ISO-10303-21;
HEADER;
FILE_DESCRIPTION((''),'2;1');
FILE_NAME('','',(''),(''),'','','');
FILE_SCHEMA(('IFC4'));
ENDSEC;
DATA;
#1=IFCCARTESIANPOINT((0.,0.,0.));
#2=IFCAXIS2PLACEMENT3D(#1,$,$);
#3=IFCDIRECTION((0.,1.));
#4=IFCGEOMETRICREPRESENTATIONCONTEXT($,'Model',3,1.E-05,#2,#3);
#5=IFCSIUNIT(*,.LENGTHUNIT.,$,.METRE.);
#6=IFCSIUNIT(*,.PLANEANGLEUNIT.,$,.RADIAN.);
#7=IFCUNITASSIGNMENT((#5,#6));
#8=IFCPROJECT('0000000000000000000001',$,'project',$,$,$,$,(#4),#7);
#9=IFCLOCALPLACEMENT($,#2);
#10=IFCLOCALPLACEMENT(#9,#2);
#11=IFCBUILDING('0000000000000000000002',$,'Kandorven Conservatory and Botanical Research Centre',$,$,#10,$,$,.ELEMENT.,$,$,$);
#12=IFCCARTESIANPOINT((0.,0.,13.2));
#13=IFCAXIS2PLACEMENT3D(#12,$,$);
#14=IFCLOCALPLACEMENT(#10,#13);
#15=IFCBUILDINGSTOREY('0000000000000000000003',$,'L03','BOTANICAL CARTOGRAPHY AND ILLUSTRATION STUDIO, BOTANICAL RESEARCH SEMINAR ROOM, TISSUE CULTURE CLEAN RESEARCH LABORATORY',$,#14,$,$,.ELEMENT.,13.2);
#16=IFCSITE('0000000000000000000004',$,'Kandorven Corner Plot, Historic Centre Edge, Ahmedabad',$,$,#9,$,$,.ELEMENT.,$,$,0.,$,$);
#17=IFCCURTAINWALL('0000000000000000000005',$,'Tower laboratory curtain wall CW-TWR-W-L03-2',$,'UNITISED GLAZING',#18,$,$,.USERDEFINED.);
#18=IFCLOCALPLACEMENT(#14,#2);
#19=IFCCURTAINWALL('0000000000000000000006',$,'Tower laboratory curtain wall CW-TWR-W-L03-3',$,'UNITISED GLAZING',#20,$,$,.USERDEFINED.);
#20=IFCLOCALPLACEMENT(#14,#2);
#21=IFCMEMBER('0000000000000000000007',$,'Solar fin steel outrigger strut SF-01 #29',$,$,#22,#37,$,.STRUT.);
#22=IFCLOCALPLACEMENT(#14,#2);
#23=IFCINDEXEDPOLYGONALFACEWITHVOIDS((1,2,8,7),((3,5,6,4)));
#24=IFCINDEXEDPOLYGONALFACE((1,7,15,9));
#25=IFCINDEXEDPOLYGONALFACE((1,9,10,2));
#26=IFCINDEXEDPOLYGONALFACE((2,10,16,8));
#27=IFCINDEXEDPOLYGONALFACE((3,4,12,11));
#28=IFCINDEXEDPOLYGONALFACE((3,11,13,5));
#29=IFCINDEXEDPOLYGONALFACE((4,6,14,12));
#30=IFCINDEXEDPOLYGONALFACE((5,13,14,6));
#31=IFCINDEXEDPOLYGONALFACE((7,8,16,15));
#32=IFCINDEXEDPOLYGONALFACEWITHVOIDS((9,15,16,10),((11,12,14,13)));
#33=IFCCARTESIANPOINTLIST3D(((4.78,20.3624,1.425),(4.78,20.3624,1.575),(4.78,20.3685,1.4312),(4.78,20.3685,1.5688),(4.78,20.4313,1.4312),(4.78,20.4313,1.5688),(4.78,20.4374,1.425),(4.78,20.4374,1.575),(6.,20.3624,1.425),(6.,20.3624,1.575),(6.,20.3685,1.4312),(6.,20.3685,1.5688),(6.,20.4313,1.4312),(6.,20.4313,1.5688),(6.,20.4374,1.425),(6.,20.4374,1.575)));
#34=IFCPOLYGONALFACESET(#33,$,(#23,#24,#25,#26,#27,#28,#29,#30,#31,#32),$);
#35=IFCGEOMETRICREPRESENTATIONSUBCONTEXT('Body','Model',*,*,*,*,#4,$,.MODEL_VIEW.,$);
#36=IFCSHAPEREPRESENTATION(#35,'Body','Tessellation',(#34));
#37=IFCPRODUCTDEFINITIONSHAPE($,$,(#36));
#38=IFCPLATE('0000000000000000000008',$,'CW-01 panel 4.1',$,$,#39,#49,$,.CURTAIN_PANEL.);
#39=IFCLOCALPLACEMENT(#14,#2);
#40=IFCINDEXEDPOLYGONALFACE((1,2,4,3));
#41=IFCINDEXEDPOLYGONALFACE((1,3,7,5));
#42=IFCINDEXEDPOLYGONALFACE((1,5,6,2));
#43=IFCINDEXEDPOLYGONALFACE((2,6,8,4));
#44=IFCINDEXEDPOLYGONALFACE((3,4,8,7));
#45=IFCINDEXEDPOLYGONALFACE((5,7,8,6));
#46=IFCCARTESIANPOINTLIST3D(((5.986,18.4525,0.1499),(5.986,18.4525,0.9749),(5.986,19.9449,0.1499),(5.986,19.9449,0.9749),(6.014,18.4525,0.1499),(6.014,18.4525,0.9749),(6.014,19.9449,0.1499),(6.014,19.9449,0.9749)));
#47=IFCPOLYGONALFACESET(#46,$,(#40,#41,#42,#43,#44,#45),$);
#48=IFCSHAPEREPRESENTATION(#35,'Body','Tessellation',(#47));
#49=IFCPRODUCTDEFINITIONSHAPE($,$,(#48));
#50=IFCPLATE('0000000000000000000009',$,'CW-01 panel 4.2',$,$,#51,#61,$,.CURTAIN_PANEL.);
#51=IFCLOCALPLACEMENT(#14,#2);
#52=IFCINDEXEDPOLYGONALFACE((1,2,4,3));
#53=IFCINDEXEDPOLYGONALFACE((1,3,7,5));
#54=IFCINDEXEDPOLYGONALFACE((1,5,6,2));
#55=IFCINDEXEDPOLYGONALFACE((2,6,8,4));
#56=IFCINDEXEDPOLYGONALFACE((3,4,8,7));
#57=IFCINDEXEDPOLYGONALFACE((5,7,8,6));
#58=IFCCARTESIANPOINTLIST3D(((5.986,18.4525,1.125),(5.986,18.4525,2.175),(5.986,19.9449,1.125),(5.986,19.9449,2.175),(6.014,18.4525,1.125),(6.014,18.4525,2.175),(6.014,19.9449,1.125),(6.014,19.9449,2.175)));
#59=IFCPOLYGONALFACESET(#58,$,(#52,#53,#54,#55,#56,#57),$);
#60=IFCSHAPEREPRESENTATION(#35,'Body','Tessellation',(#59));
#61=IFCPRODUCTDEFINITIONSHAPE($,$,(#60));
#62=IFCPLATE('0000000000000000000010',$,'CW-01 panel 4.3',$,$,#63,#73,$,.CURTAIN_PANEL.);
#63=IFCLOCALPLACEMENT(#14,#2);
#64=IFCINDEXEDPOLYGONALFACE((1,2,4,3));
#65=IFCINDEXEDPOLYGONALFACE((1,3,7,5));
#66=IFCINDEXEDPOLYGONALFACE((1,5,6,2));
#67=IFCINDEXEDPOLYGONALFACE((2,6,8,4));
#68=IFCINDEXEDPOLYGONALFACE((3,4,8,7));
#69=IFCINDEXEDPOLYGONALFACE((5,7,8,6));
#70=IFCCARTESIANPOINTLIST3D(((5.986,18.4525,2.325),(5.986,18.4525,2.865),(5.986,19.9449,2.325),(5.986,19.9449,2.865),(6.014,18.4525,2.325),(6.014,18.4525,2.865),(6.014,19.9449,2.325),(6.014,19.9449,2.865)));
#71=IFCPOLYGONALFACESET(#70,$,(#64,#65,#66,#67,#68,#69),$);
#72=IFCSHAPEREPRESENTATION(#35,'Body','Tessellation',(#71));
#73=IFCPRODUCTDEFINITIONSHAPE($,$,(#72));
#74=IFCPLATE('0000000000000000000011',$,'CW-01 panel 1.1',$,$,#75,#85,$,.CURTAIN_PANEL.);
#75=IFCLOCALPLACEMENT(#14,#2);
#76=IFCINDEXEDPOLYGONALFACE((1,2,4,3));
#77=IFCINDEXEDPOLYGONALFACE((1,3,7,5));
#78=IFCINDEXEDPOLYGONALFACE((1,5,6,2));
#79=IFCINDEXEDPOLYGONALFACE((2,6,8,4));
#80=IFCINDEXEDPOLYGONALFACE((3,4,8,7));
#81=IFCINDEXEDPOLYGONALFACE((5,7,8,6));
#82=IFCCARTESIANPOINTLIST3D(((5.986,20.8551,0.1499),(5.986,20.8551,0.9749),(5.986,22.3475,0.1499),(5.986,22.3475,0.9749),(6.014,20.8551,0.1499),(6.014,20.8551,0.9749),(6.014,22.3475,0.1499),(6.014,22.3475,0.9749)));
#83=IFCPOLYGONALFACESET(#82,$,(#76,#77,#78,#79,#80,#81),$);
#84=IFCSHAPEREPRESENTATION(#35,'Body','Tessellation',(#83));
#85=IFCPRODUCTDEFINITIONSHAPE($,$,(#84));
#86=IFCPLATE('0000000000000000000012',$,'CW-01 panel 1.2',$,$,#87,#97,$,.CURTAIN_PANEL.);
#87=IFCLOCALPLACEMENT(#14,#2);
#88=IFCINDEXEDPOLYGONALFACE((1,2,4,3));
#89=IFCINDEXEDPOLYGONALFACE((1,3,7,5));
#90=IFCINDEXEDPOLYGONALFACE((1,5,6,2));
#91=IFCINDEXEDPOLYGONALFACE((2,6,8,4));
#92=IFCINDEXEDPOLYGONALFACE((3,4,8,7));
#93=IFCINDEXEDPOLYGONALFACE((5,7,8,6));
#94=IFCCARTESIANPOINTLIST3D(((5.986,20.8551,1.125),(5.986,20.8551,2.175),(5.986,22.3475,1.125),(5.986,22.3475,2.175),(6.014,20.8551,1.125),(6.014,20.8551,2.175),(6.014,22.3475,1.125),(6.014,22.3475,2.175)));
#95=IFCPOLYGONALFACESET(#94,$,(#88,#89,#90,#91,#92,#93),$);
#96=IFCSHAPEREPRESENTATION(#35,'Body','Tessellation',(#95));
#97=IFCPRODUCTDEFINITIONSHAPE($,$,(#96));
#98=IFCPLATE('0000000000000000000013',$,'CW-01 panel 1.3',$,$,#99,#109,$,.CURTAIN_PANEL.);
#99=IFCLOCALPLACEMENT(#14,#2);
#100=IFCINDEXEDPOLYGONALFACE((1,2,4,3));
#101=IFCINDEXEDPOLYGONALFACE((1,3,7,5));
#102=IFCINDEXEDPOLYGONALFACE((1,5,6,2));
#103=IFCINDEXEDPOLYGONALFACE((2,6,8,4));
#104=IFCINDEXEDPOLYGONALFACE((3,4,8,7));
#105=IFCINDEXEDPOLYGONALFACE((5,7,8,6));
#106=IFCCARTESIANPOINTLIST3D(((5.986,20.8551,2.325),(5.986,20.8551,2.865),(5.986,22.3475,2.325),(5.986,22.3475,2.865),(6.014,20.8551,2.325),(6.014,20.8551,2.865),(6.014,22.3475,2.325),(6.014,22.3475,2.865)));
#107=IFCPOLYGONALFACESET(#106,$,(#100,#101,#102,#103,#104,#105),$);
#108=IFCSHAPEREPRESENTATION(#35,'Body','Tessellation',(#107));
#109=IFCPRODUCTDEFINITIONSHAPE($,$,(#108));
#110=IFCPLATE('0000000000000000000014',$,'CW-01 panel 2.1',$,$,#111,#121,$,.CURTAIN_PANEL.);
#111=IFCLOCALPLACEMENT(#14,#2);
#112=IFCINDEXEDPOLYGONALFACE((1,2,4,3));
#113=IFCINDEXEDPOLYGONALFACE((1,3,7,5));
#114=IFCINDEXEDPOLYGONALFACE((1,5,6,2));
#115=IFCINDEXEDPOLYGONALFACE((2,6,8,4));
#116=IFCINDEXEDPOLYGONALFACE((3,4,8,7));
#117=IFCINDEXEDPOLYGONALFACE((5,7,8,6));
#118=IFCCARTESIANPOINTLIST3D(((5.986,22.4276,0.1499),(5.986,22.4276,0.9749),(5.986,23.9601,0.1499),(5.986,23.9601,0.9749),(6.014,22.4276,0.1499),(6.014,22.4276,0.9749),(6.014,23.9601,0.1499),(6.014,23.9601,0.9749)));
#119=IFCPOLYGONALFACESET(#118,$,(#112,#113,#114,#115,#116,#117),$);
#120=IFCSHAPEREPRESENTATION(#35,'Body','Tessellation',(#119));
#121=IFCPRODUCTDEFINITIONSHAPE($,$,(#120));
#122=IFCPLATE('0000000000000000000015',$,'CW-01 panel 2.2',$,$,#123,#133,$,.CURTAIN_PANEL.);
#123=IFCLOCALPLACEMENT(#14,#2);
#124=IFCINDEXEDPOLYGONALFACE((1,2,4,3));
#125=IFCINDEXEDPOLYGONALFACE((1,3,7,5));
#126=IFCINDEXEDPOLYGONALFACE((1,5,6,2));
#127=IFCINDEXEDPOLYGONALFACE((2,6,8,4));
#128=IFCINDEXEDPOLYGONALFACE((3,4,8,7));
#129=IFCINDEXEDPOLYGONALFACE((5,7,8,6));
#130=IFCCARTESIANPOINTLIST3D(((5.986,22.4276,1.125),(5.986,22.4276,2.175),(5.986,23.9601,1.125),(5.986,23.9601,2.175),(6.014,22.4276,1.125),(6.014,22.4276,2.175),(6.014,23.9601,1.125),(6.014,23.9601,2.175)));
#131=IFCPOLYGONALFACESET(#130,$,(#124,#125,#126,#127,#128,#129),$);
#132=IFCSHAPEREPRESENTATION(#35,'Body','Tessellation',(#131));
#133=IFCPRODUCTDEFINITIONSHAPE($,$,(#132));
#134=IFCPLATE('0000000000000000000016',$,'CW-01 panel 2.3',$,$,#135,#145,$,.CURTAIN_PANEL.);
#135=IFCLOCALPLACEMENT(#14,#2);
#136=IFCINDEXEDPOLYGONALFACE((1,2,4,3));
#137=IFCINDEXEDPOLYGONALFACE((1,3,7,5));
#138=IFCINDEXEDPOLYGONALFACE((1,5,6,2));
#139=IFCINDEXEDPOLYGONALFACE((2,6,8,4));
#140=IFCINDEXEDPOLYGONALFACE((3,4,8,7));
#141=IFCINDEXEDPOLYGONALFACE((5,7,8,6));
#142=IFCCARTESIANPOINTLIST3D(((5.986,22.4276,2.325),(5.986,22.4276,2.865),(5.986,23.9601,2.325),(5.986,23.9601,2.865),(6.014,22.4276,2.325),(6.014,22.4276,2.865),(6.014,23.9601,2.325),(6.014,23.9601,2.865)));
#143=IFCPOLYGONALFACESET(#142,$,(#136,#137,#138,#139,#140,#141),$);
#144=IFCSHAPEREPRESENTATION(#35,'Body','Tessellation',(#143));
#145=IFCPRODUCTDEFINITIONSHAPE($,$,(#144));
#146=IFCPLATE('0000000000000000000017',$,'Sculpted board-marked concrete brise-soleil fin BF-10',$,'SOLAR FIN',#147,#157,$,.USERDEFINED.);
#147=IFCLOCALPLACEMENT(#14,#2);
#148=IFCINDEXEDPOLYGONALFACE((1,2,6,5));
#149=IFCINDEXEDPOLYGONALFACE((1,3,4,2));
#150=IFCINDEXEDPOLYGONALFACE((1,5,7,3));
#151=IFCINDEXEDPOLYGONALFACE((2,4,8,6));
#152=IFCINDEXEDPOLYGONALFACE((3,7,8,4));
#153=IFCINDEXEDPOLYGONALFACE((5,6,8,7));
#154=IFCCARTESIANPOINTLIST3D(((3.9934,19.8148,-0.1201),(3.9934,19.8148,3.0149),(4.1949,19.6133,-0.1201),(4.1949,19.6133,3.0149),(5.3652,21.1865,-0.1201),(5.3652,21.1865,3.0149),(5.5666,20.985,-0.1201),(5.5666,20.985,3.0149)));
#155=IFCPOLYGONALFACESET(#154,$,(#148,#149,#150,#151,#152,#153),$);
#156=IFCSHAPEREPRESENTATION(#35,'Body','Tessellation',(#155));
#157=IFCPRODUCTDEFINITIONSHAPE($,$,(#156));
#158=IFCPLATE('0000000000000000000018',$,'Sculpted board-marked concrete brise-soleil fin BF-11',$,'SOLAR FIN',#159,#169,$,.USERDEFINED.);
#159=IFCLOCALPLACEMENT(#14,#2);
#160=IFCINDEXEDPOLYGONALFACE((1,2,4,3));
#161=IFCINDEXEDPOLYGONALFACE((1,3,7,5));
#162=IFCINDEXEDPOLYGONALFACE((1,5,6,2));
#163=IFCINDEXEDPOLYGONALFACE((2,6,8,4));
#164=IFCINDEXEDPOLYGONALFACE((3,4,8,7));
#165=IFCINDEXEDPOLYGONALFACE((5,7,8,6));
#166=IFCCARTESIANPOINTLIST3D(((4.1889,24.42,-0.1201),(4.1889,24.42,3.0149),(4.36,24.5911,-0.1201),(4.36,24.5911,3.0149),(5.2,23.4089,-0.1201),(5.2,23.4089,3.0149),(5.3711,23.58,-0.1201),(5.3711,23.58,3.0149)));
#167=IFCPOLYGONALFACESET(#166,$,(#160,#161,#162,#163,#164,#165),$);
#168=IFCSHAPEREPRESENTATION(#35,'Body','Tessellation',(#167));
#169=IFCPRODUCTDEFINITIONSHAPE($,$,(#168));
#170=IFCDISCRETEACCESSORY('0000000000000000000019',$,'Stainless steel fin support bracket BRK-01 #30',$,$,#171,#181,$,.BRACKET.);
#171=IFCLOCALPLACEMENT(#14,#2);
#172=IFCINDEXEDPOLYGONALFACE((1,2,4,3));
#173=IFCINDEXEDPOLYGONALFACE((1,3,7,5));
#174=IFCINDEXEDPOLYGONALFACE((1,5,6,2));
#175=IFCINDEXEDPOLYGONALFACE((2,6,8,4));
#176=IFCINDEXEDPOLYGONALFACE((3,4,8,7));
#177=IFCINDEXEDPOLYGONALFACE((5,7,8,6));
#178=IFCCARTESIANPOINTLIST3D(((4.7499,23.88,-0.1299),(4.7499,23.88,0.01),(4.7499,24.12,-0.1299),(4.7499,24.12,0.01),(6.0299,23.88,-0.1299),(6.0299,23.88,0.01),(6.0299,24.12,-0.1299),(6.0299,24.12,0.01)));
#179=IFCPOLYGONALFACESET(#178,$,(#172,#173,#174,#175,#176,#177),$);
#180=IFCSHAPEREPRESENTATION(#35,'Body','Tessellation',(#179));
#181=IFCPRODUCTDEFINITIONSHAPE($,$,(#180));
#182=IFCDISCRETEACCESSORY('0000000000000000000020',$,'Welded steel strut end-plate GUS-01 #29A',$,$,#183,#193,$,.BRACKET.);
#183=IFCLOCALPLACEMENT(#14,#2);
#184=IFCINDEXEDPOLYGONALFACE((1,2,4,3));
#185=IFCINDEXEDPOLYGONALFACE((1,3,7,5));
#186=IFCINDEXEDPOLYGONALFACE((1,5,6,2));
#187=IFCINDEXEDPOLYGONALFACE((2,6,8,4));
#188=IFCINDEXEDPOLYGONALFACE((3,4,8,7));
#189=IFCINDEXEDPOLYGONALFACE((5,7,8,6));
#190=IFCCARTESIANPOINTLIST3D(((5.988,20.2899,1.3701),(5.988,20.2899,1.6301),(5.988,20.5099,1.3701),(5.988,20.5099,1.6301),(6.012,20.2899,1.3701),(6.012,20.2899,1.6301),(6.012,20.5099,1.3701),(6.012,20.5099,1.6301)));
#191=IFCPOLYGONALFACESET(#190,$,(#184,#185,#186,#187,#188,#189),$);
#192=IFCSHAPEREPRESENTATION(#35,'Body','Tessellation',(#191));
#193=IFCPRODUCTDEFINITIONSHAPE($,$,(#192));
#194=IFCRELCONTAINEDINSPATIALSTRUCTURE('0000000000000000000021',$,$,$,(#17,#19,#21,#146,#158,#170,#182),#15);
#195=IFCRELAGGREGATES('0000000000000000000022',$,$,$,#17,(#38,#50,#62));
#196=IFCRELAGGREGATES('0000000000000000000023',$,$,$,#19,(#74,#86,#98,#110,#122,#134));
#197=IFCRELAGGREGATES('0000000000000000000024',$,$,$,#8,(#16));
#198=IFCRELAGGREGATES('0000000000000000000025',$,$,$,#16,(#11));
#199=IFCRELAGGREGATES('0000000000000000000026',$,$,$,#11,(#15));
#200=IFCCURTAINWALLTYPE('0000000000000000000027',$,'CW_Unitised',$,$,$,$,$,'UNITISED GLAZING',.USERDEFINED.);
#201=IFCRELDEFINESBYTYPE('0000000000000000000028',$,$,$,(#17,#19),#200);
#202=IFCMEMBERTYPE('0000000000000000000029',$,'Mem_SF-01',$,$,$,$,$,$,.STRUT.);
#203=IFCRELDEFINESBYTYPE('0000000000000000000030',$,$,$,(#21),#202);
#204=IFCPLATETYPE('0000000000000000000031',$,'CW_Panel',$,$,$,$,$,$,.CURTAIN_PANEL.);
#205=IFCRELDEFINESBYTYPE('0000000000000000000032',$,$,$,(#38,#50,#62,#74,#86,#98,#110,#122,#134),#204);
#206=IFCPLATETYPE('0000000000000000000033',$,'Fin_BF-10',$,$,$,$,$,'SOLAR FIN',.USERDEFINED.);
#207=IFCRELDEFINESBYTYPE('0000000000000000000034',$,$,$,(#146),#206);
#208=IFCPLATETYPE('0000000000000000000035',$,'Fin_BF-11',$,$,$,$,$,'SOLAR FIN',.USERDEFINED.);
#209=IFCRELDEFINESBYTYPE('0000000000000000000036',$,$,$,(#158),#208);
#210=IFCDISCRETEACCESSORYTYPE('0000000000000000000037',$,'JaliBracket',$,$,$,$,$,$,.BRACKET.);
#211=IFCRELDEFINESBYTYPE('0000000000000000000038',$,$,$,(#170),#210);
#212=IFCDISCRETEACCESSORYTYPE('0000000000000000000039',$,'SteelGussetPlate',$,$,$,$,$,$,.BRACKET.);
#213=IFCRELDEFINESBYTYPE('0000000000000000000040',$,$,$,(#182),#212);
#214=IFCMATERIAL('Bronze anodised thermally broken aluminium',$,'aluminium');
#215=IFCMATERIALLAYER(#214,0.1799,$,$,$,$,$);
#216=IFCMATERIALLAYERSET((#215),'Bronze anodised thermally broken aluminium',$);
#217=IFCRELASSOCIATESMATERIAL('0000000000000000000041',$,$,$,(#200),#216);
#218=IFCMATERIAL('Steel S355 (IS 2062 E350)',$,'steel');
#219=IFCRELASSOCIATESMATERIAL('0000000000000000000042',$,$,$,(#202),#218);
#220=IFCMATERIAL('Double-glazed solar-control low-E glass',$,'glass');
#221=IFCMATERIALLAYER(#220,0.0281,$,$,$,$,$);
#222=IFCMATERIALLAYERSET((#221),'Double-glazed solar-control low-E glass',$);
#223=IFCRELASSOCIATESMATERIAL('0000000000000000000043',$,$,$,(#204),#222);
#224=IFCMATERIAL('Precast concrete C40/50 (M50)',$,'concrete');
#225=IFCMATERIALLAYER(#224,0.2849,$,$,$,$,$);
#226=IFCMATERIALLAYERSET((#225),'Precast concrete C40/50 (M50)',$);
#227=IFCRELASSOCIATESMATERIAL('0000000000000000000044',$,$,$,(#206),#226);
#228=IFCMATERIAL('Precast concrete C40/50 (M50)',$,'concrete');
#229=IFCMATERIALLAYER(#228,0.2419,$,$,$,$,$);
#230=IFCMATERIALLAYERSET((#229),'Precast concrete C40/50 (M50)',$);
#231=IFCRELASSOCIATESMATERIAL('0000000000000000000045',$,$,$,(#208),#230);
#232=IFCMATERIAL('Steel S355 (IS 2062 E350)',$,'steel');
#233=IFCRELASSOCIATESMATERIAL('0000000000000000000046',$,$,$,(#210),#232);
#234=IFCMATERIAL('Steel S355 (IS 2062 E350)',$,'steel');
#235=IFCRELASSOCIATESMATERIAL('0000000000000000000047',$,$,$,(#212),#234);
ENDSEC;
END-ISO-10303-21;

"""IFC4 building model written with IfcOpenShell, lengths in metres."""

from ifc_helpers import new_model, si_unit, direction, frame, origin, origin_2d, place, context, subcontext, project, spatial, rectangle, hollow_rectangle, extrude, material, layer, layer_set, material_profile, profile_set, type_object, element, aggregate, save


model = new_model("IFC4")

# Units and contexts
model_context = context("Model", 3, precision=1e-05, world=origin(), true_north=direction((0.0, 1.0)))
body_context = subcontext(model_context, "Body", "Model", "MODEL_VIEW")
ifc_project = project(units=[si_unit("LENGTHUNIT", "METRE"), si_unit("PLANEANGLEUNIT", "RADIAN")], contexts=[model_context])

# Site, building, storey
site_placement = place(None, origin())
site = spatial("IfcSite", under=ifc_project, at=site_placement, Name="Kandorven Corner Plot, Historic Centre Edge, Ahmedabad", CompositionType="ELEMENT", RefElevation=0.0)
building_placement = place(site_placement, origin())
building = spatial("IfcBuilding", under=site, at=building_placement, Name="Kandorven Conservatory and Botanical Research Centre", CompositionType="ELEMENT")
storey_placement = place(building_placement, frame((0.0, 0.0, 13.2)))
storey = spatial("IfcBuildingStorey", under=building, at=storey_placement, Name="L03", Description="BOTANICAL CARTOGRAPHY AND ILLUSTRATION STUDIO, BOTANICAL RESEARCH SEMINAR ROOM, TISSUE CULTURE CLEAN RESEARCH LABORATORY", CompositionType="ELEMENT", Elevation=13.2)

# Curtain walls
ifc_material_1 = material(Name="Bronze anodised thermally broken aluminium", Category="aluminium")
ifc_layer_1 = layer(ifc_material_1, 0.1799)
ifc_layer_set_1 = layer_set([ifc_layer_1], Name="Bronze anodised thermally broken aluminium")
curtain_wall_type = type_object("IfcCurtainWallType", Name="CW_Unitised", ElementType="UNITISED GLAZING", PredefinedType="USERDEFINED", material=ifc_layer_set_1)
curtain_wall_1_placement = place(storey_placement, origin())
curtain_wall_1 = element("IfcCurtainWall", 1, at=curtain_wall_1_placement, inside=storey, type_object=curtain_wall_type, Name="Tower laboratory curtain wall CW-TWR-W-L03-2", ObjectType="UNITISED GLAZING", PredefinedType="USERDEFINED")
curtain_wall_2_placement = place(storey_placement, origin())
curtain_wall_2 = element("IfcCurtainWall", 2, at=curtain_wall_2_placement, inside=storey, type_object=curtain_wall_type, Name="Tower laboratory curtain wall CW-TWR-W-L03-3", ObjectType="UNITISED GLAZING", PredefinedType="USERDEFINED")

# Member
ifc_material_2 = material(Name="Steel S355 (IS 2062 E350)", Category="steel")
ifc_material_profile_1 = material_profile(ifc_material_2, hollow_rectangle(XDim=0.075, YDim=0.1499, WallThickness=0.0061, at=origin_2d()))
ifc_profile_set_1 = profile_set([ifc_material_profile_1], Name="Steel S355 (IS 2062 E350)")
member_type_1 = type_object("IfcMemberType", Name="Mem_SF-01", PredefinedType="STRUT", material=ifc_profile_set_1)
member_1_placement = place(storey_placement, frame((6.0, 20.3999, 1.5), z_axis=(-1.0, 0.0, 0.0), x_axis=(0.0, -1.0, 0.0)))
element("IfcMember", 3, at=member_1_placement, inside=storey, type_object=member_type_1, Name="Solar fin steel outrigger strut SF-01 #29", PredefinedType="STRUT", context=body_context, shape_type="SweptSolid", body=[
    extrude(hollow_rectangle(XDim=0.075, YDim=0.1499, WallThickness=0.0061, at=origin_2d()), origin(), (0.0, 0.0, 1.0), 1.22),
])

# Plates
ifc_material_3 = material(Name="Double-glazed solar-control low-E glass", Category="glass")
ifc_layer_2 = layer(ifc_material_3, 0.0281)
ifc_layer_set_2 = layer_set([ifc_layer_2], Name="Double-glazed solar-control low-E glass")
plate_type_1 = type_object("IfcPlateType", Name="CW_Panel", PredefinedType="CURTAIN_PANEL", material=ifc_layer_set_2)
plate_1_placement = place(storey_placement, frame((6.0, 19.1987, 0.1499), z_axis=(0.0, 0.0, 1.0), x_axis=(0.0, 1.0, 0.0)))
plate_1 = element("IfcPlate", 4, at=plate_1_placement, type_object=plate_type_1, Name="CW-01 panel 4.1", PredefinedType="CURTAIN_PANEL", context=body_context, shape_type="SweptSolid", body=[
    extrude(rectangle(XDim=1.4924, YDim=0.0281, at=origin_2d()), origin(), (0.0, 0.0, 1.0), 0.825),
])
plate_2_placement = place(storey_placement, frame((6.0, 19.1987, 1.125), z_axis=(0.0, 0.0, 1.0), x_axis=(0.0, 1.0, 0.0)))
plate_2 = element("IfcPlate", 5, at=plate_2_placement, type_object=plate_type_1, Name="CW-01 panel 4.2", PredefinedType="CURTAIN_PANEL", context=body_context, shape_type="SweptSolid", body=[
    extrude(rectangle(XDim=1.4924, YDim=0.0281, at=origin_2d()), origin(), (0.0, 0.0, 1.0), 1.05),
])
plate_3_placement = place(storey_placement, frame((6.0, 19.1987, 2.325), z_axis=(0.0, 0.0, 1.0), x_axis=(0.0, 1.0, 0.0)))
plate_3 = element("IfcPlate", 6, at=plate_3_placement, type_object=plate_type_1, Name="CW-01 panel 4.3", PredefinedType="CURTAIN_PANEL", context=body_context, shape_type="SweptSolid", body=[
    extrude(rectangle(XDim=1.4924, YDim=0.0281, at=origin_2d()), origin(), (0.0, 0.0, 1.0), 0.54),
])
aggregate(curtain_wall_1, [plate_1, plate_2, plate_3])
plate_4_placement = place(storey_placement, frame((6.0, 21.6013, 0.1499), z_axis=(0.0, 0.0, 1.0), x_axis=(0.0, 1.0, 0.0)))
plate_4 = element("IfcPlate", 7, at=plate_4_placement, type_object=plate_type_1, Name="CW-01 panel 1.1", PredefinedType="CURTAIN_PANEL", context=body_context, shape_type="SweptSolid", body=[
    extrude(rectangle(XDim=1.4924, YDim=0.0281, at=origin_2d()), origin(), (0.0, 0.0, 1.0), 0.825),
])
plate_5_placement = place(storey_placement, frame((6.0, 21.6013, 1.125), z_axis=(0.0, 0.0, 1.0), x_axis=(0.0, 1.0, 0.0)))
plate_5 = element("IfcPlate", 8, at=plate_5_placement, type_object=plate_type_1, Name="CW-01 panel 1.2", PredefinedType="CURTAIN_PANEL", context=body_context, shape_type="SweptSolid", body=[
    extrude(rectangle(XDim=1.4924, YDim=0.0281, at=origin_2d()), origin(), (0.0, 0.0, 1.0), 1.05),
])
plate_6_placement = place(storey_placement, frame((6.0, 21.6013, 2.325), z_axis=(0.0, 0.0, 1.0), x_axis=(0.0, 1.0, 0.0)))
plate_6 = element("IfcPlate", 9, at=plate_6_placement, type_object=plate_type_1, Name="CW-01 panel 1.3", PredefinedType="CURTAIN_PANEL", context=body_context, shape_type="SweptSolid", body=[
    extrude(rectangle(XDim=1.4924, YDim=0.0281, at=origin_2d()), origin(), (0.0, 0.0, 1.0), 0.54),
])
plate_7_placement = place(storey_placement, frame((6.0, 23.1938, 0.1499), z_axis=(0.0, 0.0, 1.0), x_axis=(0.0, 1.0, 0.0)))
plate_7 = element("IfcPlate", 10, at=plate_7_placement, type_object=plate_type_1, Name="CW-01 panel 2.1", PredefinedType="CURTAIN_PANEL", context=body_context, shape_type="SweptSolid", body=[
    extrude(rectangle(XDim=1.5325, YDim=0.0281, at=origin_2d()), origin(), (0.0, 0.0, 1.0), 0.825),
])
plate_8_placement = place(storey_placement, frame((6.0, 23.1938, 1.125), z_axis=(0.0, 0.0, 1.0), x_axis=(0.0, 1.0, 0.0)))
plate_8 = element("IfcPlate", 11, at=plate_8_placement, type_object=plate_type_1, Name="CW-01 panel 2.2", PredefinedType="CURTAIN_PANEL", context=body_context, shape_type="SweptSolid", body=[
    extrude(rectangle(XDim=1.5325, YDim=0.0281, at=origin_2d()), origin(), (0.0, 0.0, 1.0), 1.05),
])
plate_9_placement = place(storey_placement, frame((6.0, 23.1938, 2.325), z_axis=(0.0, 0.0, 1.0), x_axis=(0.0, 1.0, 0.0)))
plate_9 = element("IfcPlate", 12, at=plate_9_placement, type_object=plate_type_1, Name="CW-01 panel 2.3", PredefinedType="CURTAIN_PANEL", context=body_context, shape_type="SweptSolid", body=[
    extrude(rectangle(XDim=1.5325, YDim=0.0281, at=origin_2d()), origin(), (0.0, 0.0, 1.0), 0.54),
])
aggregate(curtain_wall_2, [plate_4, plate_5, plate_6, plate_7, plate_8, plate_9])

# Plates
ifc_material_4 = material(Name="Precast concrete C40/50 (M50)", Category="concrete")
ifc_layer_3 = layer(ifc_material_4, 0.2849)
ifc_layer_set_3 = layer_set([ifc_layer_3], Name="Precast concrete C40/50 (M50)")
plate_type_2 = type_object("IfcPlateType", Name="Fin_BF-10", ElementType="SOLAR FIN", PredefinedType="USERDEFINED", material=ifc_layer_set_3)
plate_10_placement = place(storey_placement, frame((4.78, 20.3999, -0.1201), z_axis=(0.0, 0.0, 1.0), x_axis=(0.707107, 0.707107, 0.0)))
element("IfcPlate", 13, at=plate_10_placement, inside=storey, type_object=plate_type_2, Name="Sculpted board-marked concrete brise-soleil fin BF-10", ObjectType="SOLAR FIN", PredefinedType="USERDEFINED", context=body_context, shape_type="SweptSolid", body=[
    extrude(rectangle(XDim=1.9399, YDim=0.2849, at=origin_2d()), origin(), (0.0, 0.0, 1.0), 3.135),
])
ifc_material_5 = material(Name="Precast concrete C40/50 (M50)", Category="concrete")
ifc_layer_4 = layer(ifc_material_5, 0.2419)
ifc_layer_set_4 = layer_set([ifc_layer_4], Name="Precast concrete C40/50 (M50)")
plate_type_3 = type_object("IfcPlateType", Name="Fin_BF-11", ElementType="SOLAR FIN", PredefinedType="USERDEFINED", material=ifc_layer_set_4)
plate_11_placement = place(storey_placement, frame((4.78, 24.0, -0.1201), z_axis=(0.0, 0.0, 1.0), x_axis=(-0.707107, 0.707107, 0.0)))
element("IfcPlate", 14, at=plate_11_placement, inside=storey, type_object=plate_type_3, Name="Sculpted board-marked concrete brise-soleil fin BF-11", ObjectType="SOLAR FIN", PredefinedType="USERDEFINED", context=body_context, shape_type="SweptSolid", body=[
    extrude(rectangle(XDim=1.4299, YDim=0.2419, at=origin_2d()), origin(), (0.0, 0.0, 1.0), 3.135),
])

# Discrete accessories
ifc_material_6 = material(Name="Steel S355 (IS 2062 E350)", Category="steel")
discrete_accessory_type_1 = type_object("IfcDiscreteAccessoryType", Name="JaliBracket", PredefinedType="BRACKET", material=ifc_material_6)
discrete_accessory_placement = place(storey_placement, frame((5.3899, 24.0, -0.1299), z_axis=(0.0, 0.0, 1.0), x_axis=(1.0, 0.0, 0.0)))
element("IfcDiscreteAccessory", 15, at=discrete_accessory_placement, inside=storey, type_object=discrete_accessory_type_1, Name="Stainless steel fin support bracket BRK-01 #30", PredefinedType="BRACKET", context=body_context, shape_type="SweptSolid", body=[
    extrude(rectangle(XDim=1.28, YDim=0.24, at=origin_2d()), origin(), (0.0, 0.0, 1.0), 0.1399),
])
ifc_material_7 = material(Name="Steel S355 (IS 2062 E350)", Category="steel")
discrete_accessory_type_2 = type_object("IfcDiscreteAccessoryType", Name="SteelGussetPlate", PredefinedType="BRACKET", material=ifc_material_7)
for number, where, z_axis, x_axis, name in (
    (16, (6.0, 20.3999, 1.3701), (0.0, 0.0, 1.0), (1.0, 0.0, 0.0), "Welded steel strut end-plate GUS-01 #29A"),
):
    element("IfcDiscreteAccessory", number, at=place(storey_placement, frame(where, z_axis=z_axis, x_axis=x_axis)), inside=storey, type_object=discrete_accessory_type_2, Name=name, PredefinedType="BRACKET", context=body_context, shape_type="SweptSolid", body=[
        extrude(rectangle(XDim=0.0239, YDim=0.22, at=origin_2d()), origin(), (0.0, 0.0, 1.0), 0.26),
    ])

save(model, "model.ifc")
